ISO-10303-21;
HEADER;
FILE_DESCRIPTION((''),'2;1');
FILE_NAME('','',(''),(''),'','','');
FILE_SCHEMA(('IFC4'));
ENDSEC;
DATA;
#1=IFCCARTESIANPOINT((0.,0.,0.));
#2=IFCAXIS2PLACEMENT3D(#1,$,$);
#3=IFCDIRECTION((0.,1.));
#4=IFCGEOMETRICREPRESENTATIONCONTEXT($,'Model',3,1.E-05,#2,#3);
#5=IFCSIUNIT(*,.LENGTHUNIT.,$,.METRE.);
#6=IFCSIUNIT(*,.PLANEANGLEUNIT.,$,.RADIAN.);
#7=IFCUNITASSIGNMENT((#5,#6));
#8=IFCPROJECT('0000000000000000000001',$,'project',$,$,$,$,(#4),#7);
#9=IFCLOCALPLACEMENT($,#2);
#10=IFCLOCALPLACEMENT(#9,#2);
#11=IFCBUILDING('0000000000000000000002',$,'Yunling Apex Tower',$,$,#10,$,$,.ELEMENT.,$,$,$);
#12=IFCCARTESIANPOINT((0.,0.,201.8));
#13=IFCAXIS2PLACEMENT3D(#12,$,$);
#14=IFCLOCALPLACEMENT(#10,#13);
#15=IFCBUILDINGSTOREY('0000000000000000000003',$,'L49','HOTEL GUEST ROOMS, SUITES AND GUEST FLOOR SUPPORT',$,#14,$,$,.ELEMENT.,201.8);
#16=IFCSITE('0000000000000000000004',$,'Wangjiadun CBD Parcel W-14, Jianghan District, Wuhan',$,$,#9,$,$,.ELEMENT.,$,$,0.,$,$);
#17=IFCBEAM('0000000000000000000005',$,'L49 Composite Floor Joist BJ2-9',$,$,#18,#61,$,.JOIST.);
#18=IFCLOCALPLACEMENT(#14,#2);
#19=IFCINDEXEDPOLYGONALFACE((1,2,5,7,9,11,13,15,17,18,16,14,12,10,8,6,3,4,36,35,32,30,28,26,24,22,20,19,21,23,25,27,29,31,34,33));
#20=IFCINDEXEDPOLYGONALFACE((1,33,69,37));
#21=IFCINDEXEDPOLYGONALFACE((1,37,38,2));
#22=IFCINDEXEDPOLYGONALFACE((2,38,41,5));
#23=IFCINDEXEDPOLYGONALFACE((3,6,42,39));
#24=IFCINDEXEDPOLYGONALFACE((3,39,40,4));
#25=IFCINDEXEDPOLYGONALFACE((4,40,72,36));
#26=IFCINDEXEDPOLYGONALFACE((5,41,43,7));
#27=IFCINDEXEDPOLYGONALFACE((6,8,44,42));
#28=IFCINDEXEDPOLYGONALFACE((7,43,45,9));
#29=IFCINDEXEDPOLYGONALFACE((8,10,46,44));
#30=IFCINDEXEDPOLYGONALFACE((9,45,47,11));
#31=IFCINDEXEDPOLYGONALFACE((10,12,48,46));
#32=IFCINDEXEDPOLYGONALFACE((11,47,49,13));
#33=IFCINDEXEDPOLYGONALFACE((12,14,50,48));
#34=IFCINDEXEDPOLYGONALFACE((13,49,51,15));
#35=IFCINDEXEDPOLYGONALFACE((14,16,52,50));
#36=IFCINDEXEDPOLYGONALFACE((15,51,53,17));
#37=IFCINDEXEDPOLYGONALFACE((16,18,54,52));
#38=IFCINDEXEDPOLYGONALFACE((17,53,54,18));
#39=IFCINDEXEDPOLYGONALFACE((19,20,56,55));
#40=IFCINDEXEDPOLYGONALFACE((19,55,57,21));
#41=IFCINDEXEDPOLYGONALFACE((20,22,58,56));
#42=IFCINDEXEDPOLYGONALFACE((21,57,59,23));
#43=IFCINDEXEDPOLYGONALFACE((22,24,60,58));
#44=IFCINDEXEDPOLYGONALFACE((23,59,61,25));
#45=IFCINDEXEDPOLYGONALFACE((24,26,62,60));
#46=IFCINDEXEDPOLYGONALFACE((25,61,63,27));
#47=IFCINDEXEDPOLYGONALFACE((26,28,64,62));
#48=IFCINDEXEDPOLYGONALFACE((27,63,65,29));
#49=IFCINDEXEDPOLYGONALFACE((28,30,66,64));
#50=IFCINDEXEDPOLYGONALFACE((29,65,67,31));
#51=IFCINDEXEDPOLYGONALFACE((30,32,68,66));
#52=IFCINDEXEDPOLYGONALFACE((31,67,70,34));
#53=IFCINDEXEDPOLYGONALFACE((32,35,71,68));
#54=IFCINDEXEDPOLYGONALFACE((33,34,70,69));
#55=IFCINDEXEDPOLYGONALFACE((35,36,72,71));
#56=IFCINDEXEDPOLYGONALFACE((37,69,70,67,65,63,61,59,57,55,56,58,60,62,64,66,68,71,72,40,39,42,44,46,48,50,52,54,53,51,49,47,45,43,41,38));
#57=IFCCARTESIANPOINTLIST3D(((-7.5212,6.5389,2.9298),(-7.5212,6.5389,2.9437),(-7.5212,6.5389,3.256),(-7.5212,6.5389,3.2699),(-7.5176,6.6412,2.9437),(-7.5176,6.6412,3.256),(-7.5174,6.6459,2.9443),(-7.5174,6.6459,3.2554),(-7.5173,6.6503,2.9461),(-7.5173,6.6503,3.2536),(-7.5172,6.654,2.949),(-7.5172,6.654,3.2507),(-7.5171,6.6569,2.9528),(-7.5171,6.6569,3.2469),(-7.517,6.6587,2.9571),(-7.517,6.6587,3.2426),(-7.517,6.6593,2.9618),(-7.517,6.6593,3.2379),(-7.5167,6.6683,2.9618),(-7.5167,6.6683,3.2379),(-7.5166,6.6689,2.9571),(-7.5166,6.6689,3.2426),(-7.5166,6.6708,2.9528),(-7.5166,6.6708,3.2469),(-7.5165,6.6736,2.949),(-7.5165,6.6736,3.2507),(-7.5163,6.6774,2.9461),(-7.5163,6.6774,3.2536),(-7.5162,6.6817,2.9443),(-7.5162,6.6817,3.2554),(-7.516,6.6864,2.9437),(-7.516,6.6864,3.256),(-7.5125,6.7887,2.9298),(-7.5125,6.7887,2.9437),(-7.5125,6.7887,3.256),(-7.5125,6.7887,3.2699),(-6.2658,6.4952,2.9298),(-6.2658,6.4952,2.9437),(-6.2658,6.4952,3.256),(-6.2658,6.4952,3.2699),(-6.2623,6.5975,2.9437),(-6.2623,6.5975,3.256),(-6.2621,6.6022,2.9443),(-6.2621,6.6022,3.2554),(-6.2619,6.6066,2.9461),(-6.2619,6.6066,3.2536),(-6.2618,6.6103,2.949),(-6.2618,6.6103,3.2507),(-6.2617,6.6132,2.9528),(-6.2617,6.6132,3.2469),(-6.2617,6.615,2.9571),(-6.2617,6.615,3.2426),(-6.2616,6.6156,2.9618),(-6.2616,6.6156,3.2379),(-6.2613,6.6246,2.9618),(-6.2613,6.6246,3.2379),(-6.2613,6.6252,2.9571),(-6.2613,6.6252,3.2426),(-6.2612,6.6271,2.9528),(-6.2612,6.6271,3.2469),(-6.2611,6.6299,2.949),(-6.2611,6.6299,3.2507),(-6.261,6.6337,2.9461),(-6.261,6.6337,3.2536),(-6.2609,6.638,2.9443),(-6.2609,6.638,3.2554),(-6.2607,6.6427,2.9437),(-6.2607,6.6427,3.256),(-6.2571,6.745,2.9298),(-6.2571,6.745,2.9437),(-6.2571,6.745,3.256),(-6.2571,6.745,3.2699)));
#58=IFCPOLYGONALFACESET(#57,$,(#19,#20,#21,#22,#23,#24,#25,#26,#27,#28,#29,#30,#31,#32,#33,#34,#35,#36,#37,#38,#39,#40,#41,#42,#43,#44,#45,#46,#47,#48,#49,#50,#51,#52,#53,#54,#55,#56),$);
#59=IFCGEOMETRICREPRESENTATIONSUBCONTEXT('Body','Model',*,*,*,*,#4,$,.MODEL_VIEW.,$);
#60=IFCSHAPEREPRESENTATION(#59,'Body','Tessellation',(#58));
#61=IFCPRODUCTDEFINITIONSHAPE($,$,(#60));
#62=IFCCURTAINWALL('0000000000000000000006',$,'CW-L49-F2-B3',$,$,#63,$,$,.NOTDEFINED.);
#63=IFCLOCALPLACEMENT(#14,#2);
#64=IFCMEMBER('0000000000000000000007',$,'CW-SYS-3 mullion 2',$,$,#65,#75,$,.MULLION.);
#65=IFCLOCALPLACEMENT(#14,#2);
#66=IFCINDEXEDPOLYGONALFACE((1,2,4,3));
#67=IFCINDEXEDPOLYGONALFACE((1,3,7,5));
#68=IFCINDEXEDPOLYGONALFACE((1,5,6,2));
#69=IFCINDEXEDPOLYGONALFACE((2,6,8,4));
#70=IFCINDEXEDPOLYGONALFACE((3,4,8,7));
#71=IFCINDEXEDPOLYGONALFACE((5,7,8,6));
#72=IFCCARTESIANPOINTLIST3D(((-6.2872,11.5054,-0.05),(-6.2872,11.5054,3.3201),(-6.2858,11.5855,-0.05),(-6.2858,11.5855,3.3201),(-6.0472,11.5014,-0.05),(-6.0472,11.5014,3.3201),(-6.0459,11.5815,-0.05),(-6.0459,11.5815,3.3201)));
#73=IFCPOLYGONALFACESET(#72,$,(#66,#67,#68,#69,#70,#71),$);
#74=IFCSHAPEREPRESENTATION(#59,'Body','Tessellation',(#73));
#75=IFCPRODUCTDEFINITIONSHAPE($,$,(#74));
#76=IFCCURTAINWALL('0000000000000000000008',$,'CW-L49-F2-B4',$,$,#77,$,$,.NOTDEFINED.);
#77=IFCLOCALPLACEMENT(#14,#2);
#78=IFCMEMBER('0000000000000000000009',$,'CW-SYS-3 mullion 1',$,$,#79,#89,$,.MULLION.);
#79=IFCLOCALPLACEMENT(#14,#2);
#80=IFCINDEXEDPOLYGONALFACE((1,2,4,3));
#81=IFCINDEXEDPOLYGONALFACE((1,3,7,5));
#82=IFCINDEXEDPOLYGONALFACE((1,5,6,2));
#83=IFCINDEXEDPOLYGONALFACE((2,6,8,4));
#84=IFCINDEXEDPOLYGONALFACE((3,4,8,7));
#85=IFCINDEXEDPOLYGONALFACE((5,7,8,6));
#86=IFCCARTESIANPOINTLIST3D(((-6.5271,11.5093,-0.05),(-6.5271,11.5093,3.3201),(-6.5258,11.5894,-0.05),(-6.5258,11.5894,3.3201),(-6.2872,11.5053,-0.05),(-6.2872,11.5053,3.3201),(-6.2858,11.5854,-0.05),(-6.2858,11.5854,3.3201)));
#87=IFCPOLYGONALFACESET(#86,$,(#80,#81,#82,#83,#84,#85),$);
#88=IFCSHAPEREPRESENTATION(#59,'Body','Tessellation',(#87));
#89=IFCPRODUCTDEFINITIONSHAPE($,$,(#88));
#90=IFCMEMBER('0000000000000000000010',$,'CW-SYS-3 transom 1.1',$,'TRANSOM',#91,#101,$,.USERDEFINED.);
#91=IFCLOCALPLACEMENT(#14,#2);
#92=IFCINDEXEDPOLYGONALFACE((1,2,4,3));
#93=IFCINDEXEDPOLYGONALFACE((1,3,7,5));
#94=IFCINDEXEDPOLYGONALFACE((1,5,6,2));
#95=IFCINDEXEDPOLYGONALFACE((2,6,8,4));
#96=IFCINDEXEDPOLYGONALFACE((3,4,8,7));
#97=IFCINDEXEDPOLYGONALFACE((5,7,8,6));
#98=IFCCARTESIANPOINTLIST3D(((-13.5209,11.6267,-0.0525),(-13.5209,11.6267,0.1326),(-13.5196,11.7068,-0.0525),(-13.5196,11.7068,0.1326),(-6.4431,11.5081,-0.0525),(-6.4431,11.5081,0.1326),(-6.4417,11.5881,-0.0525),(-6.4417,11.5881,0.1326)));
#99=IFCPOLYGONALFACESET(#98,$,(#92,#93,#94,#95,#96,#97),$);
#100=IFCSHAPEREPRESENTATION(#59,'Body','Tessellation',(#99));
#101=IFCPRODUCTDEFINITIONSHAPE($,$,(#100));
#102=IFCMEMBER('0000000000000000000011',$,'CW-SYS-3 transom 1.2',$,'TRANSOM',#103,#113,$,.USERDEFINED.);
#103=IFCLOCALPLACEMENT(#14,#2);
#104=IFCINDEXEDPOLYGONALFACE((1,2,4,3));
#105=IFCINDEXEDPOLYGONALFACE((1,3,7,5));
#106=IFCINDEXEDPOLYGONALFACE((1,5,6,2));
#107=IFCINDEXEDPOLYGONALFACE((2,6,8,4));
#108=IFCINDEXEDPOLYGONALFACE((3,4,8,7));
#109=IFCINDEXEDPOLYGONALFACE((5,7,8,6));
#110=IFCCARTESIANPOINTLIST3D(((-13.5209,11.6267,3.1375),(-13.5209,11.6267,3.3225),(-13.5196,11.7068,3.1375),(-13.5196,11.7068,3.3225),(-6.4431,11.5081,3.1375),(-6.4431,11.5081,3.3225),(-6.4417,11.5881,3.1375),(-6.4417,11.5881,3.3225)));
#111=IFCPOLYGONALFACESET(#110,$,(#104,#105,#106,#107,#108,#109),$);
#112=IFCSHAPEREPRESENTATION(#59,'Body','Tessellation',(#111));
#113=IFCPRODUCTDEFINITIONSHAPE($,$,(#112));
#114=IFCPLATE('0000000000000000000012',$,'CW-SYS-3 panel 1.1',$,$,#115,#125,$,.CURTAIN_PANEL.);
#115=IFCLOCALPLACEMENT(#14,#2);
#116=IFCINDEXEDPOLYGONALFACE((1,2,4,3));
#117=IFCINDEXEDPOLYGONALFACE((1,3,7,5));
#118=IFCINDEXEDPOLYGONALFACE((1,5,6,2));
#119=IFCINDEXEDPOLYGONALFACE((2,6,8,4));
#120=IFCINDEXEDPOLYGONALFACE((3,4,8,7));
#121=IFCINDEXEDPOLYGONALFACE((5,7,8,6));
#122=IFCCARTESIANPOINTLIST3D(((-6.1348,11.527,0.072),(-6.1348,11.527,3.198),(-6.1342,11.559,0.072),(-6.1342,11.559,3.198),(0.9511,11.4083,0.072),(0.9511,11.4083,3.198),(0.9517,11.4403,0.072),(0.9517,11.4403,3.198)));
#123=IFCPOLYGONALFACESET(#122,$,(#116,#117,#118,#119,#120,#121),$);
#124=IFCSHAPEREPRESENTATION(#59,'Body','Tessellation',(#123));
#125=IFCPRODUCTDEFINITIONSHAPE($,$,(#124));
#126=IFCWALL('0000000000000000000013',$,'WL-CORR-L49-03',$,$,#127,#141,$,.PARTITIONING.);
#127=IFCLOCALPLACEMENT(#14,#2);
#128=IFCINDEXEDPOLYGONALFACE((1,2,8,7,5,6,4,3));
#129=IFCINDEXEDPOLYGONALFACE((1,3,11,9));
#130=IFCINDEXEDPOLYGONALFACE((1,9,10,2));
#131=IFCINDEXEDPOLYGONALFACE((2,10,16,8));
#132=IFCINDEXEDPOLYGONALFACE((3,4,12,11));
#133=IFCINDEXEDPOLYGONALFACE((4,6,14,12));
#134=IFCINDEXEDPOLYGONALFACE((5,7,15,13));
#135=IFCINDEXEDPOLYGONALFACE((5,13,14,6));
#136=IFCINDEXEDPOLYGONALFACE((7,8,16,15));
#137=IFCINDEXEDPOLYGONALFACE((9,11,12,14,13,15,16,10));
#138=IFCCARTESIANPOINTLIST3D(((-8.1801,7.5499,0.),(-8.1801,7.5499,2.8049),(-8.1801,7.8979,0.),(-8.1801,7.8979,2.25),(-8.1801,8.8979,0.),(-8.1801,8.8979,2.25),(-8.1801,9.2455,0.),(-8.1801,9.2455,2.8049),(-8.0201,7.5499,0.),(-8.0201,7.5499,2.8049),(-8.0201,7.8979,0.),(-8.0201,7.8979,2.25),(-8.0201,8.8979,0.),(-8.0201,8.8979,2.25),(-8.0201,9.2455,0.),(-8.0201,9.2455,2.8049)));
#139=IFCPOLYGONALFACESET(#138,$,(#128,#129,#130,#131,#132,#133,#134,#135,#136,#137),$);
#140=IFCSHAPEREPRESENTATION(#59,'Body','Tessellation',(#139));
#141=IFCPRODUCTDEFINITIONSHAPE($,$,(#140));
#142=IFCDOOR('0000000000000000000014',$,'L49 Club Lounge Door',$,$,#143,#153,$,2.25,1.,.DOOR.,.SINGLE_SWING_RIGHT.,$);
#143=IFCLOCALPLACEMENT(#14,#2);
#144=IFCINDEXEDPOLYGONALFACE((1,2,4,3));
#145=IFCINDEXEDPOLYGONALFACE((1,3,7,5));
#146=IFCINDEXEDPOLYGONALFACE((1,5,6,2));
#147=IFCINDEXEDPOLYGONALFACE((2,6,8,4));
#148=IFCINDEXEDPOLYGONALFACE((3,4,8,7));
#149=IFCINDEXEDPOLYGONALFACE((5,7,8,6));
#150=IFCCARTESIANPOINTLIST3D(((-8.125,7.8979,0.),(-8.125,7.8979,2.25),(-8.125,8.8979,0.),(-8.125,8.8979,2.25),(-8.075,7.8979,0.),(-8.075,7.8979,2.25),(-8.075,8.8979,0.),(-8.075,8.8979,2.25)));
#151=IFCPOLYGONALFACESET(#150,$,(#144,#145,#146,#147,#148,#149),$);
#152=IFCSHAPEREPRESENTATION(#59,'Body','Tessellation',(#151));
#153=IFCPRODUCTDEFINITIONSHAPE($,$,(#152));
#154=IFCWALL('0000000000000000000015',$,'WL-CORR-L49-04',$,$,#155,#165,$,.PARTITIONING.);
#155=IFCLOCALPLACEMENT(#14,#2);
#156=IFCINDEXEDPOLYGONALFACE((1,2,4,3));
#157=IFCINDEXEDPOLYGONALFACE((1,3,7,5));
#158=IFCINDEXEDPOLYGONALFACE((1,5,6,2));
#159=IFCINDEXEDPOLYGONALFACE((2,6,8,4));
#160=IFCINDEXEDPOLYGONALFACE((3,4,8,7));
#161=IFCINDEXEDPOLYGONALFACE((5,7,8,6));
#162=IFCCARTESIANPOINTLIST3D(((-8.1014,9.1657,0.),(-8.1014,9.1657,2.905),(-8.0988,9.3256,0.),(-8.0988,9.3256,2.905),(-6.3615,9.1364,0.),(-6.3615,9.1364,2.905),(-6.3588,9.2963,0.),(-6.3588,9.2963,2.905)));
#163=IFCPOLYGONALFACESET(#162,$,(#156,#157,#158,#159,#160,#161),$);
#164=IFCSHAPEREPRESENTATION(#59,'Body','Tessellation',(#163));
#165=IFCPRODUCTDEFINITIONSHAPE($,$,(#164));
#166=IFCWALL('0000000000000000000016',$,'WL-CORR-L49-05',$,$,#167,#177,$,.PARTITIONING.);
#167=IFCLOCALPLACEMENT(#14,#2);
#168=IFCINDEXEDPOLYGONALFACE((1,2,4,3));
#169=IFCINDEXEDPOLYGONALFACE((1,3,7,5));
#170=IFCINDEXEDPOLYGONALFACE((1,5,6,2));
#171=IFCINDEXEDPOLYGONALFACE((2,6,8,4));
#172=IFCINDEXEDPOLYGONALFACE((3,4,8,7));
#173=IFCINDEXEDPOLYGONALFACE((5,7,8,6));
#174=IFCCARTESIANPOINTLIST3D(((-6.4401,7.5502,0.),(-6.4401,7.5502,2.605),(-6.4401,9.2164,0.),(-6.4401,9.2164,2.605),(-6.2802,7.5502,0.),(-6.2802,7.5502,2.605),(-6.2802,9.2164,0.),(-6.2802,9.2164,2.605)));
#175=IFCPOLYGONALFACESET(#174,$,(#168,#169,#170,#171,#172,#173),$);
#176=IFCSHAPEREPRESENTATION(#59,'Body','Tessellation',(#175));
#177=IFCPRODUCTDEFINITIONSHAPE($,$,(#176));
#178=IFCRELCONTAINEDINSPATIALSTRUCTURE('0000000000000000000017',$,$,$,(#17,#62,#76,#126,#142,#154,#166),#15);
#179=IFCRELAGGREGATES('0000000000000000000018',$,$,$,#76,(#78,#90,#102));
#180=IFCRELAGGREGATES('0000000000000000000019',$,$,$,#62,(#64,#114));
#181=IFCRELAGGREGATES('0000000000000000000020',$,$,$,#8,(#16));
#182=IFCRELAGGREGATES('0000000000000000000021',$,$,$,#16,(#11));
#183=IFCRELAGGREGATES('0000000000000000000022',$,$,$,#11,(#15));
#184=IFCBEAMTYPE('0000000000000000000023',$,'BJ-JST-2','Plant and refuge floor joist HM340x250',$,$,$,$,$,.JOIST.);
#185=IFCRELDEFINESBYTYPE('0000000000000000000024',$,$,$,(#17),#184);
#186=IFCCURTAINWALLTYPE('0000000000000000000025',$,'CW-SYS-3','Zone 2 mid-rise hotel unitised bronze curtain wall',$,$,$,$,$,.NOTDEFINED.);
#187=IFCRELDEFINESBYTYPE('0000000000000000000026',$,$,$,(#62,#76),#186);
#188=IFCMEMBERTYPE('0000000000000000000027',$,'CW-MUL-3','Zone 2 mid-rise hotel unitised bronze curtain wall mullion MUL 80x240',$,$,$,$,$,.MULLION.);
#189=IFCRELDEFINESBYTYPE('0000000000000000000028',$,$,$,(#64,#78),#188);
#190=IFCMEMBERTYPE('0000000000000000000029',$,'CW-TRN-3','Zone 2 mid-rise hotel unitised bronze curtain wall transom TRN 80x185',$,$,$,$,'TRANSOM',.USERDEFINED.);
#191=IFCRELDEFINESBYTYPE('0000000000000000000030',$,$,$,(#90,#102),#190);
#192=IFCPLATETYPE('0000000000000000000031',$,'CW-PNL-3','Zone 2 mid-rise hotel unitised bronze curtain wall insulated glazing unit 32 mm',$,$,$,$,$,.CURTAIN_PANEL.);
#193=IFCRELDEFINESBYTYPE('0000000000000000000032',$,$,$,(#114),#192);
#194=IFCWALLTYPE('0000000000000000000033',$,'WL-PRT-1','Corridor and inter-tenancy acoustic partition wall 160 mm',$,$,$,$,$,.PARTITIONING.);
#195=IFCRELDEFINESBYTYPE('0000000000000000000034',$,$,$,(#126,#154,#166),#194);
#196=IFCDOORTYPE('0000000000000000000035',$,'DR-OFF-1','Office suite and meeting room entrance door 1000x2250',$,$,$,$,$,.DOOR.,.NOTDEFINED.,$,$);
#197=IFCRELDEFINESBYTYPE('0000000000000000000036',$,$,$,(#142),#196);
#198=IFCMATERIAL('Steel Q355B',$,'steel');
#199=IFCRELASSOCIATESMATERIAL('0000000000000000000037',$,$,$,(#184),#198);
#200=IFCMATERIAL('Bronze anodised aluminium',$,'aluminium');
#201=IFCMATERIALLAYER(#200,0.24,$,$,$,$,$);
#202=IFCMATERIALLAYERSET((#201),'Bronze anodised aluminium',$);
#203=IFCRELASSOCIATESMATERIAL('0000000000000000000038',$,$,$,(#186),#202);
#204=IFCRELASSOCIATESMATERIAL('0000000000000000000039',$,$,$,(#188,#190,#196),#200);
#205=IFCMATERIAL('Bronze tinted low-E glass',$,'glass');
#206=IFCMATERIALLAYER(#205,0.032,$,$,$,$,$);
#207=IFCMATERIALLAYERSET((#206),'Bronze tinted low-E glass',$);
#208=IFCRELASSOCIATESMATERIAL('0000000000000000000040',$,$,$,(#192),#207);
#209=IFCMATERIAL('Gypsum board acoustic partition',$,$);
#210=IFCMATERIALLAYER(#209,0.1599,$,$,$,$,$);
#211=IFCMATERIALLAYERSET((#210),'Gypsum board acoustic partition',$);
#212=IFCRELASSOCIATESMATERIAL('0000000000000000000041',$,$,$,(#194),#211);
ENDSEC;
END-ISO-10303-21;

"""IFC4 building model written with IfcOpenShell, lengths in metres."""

from ifc_helpers import new_model, si_unit, direction, frame, frame_2d, origin, origin_2d, place, context, subcontext, project, spatial, rectangle, i_section, extrude, source, transform, mapped, material, layer, layer_set, material_profile, profile_set, type_object, element, fill, aggregate, save


model = new_model("IFC4")

# Units and contexts
model_context = context("Model", 3, precision=1e-05, world=origin(), true_north=direction((0.0, 1.0)))
body_context = subcontext(model_context, "Body", "Model", "MODEL_VIEW")
ifc_project = project(units=[si_unit("LENGTHUNIT", "METRE"), si_unit("PLANEANGLEUNIT", "RADIAN")], contexts=[model_context])

# Site, building, storey
site_placement = place(None, origin())
site = spatial("IfcSite", under=ifc_project, at=site_placement, Name="Wangjiadun CBD Parcel W-14, Jianghan District, Wuhan", CompositionType="ELEMENT", RefElevation=0.0)
building_placement = place(site_placement, origin())
building = spatial("IfcBuilding", under=site, at=building_placement, Name="Yunling Apex Tower", CompositionType="ELEMENT")
storey_placement = place(building_placement, frame((0.0, 0.0, 201.8)))
storey = spatial("IfcBuildingStorey", under=building, at=storey_placement, Name="L49", Description="HOTEL GUEST ROOMS, SUITES AND GUEST FLOOR SUPPORT", CompositionType="ELEMENT", Elevation=201.8)

# Beam
ifc_material_1 = material(Name="Steel Q355B", Category="steel")
ifc_material_profile_1 = material_profile(ifc_material_1, i_section(OverallWidth=0.25, OverallDepth=0.3401, WebThickness=0.009, FlangeThickness=0.0139, FilletRadius=0.0181, at=origin_2d()))
ifc_profile_set_1 = profile_set([ifc_material_profile_1], Name="Steel Q355B")
beam_type_1 = type_object("IfcBeamType", Name="BJ-JST-2", Description="Plant and refuge floor joist HM340x250", PredefinedType="JOIST", material=ifc_profile_set_1)
shared_shape_1 = source(origin(), body_context, "Body", "SweptSolid", [
    extrude(i_section(OverallWidth=0.25, OverallDepth=0.3401, WebThickness=0.009, FlangeThickness=0.0139, FilletRadius=0.0181, at=origin_2d()), origin(), (0.0, 0.0, 1.0), 1.2561),
])
beam_1_placement = place(storey_placement, frame((-6.2615, 6.6201, 3.0999), z_axis=(-0.999395, 0.03479, 0.0), x_axis=(-0.03479, -0.999395, 0.0)))
element("IfcBeam", 1, at=beam_1_placement, inside=storey, type_object=beam_type_1, Name="L49 Composite Floor Joist BJ2-9", PredefinedType="JOIST", context=body_context, shape_type="MappedRepresentation", body=[
    mapped(shared_shape_1, transform((0.0, 0.0, 0.0), scale=1.0)),
])

# Curtain wall, member
ifc_material_2 = material(Name="Bronze anodised aluminium", Category="aluminium")
ifc_layer_1 = layer(ifc_material_2, 0.24)
ifc_layer_set_1 = layer_set([ifc_layer_1], Name="Bronze anodised aluminium")
curtain_wall_type = type_object("IfcCurtainWallType", Name="CW-SYS-3", Description="Zone 2 mid-rise hotel unitised bronze curtain wall", PredefinedType="NOTDEFINED", material=ifc_layer_set_1)
curtain_wall_1_placement = place(storey_placement, origin())
curtain_wall_1 = element("IfcCurtainWall", 2, at=curtain_wall_1_placement, inside=storey, type_object=curtain_wall_type, Name="CW-L49-F2-B3", PredefinedType="NOTDEFINED")
ifc_material_profile_2 = material_profile(ifc_material_2, rectangle(XDim=0.0801, YDim=0.24, at=origin_2d()))
ifc_profile_set_2 = profile_set([ifc_material_profile_2], Name="Bronze anodised aluminium")
member_type_1 = type_object("IfcMemberType", Name="CW-MUL-3", Description="Zone 2 mid-rise hotel unitised bronze curtain wall mullion MUL 80x240", PredefinedType="MULLION", material=ifc_profile_set_2)
shared_shape_2 = source(origin(), body_context, "Body", "SweptSolid", [
    extrude(rectangle(XDim=0.0801, YDim=0.24, at=origin_2d()), origin(), (0.0, 0.0, 1.0), 3.3701),
])
member_1_placement = place(storey_placement, frame((-6.1665, 11.5435, -0.05), z_axis=(0.0, 0.0, 1.0), x_axis=(-0.016747, -0.99986, 0.0)))
member_1 = element("IfcMember", 3, at=member_1_placement, type_object=member_type_1, Name="CW-SYS-3 mullion 2", PredefinedType="MULLION", context=body_context, shape_type="MappedRepresentation", body=[
    mapped(shared_shape_2, transform((0.0, 0.0, 0.0), scale=1.0)),
])

# Curtain wall, members
curtain_wall_2_placement = place(storey_placement, origin())
curtain_wall_2 = element("IfcCurtainWall", 4, at=curtain_wall_2_placement, inside=storey, type_object=curtain_wall_type, Name="CW-L49-F2-B4", PredefinedType="NOTDEFINED")
member_2_placement = place(storey_placement, frame((-6.4065, 11.5474, -0.05), z_axis=(0.0, 0.0, 1.0), x_axis=(-0.016761, -0.99986, 0.0)))
member_2 = element("IfcMember", 5, at=member_2_placement, type_object=member_type_1, Name="CW-SYS-3 mullion 1", PredefinedType="MULLION", context=body_context, shape_type="MappedRepresentation", body=[
    mapped(shared_shape_2, transform((0.0, 0.0, 0.0), scale=1.0)),
])
ifc_material_profile_3 = material_profile(ifc_material_2, rectangle(XDim=0.0801, YDim=0.1851, at=origin_2d()))
ifc_profile_set_3 = profile_set([ifc_material_profile_3], Name="Bronze anodised aluminium")
member_type_2 = type_object("IfcMemberType", Name="CW-TRN-3", Description="Zone 2 mid-rise hotel unitised bronze curtain wall transom TRN 80x185", ElementType="TRANSOM", PredefinedType="USERDEFINED", material=ifc_profile_set_3)
shared_shape_3 = source(origin(), body_context, "Body", "SweptSolid", [
    extrude(rectangle(XDim=0.0801, YDim=0.1851, at=origin_2d()), origin(), (0.0, 0.0, 1.0), 7.0789),
])
member_3_placement = place(storey_placement, frame((-6.4424, 11.5481, 0.04), z_axis=(-0.99986, 0.016761, 0.0), x_axis=(-0.016761, -0.99986, 0.0)))
member_3 = element("IfcMember", 6, at=member_3_placement, type_object=member_type_2, Name="CW-SYS-3 transom 1.1", ObjectType="TRANSOM", PredefinedType="USERDEFINED", context=body_context, shape_type="MappedRepresentation", body=[
    mapped(shared_shape_3, transform((0.0, 0.0, 0.0), scale=1.0)),
])
member_4_placement = place(storey_placement, frame((-6.4424, 11.5481, 3.23), z_axis=(-0.99986, 0.016761, 0.0), x_axis=(-0.016761, -0.99986, 0.0)))
member_4 = element("IfcMember", 7, at=member_4_placement, type_object=member_type_2, Name="CW-SYS-3 transom 1.2", ObjectType="TRANSOM", PredefinedType="USERDEFINED", context=body_context, shape_type="MappedRepresentation", body=[
    mapped(shared_shape_3, transform((0.0, 0.0, 0.0), scale=1.0)),
])
aggregate(curtain_wall_2, [member_2, member_3, member_4])

# Plate
ifc_material_3 = material(Name="Bronze tinted low-E glass", Category="glass")
ifc_layer_2 = layer(ifc_material_3, 0.032)
ifc_layer_set_2 = layer_set([ifc_layer_2], Name="Bronze tinted low-E glass")
plate_type = type_object("IfcPlateType", Name="CW-PNL-3", Description="Zone 2 mid-rise hotel unitised bronze curtain wall insulated glazing unit 32 mm", PredefinedType="CURTAIN_PANEL", material=ifc_layer_set_2)
shared_shape_4 = source(origin(), body_context, "Body", "SweptSolid", [
    extrude(rectangle(XDim=7.0869, YDim=0.032, at=origin_2d()), origin(), (0.0, 0.0, 1.0), 3.126),
])
plate_placement = place(storey_placement, frame((-2.5916, 11.4836, 0.072), z_axis=(0.0, 0.0, 1.0), x_axis=(-0.99986, 0.016747, 0.0)))
plate = element("IfcPlate", 8, at=plate_placement, type_object=plate_type, Name="CW-SYS-3 panel 1.1", PredefinedType="CURTAIN_PANEL", context=body_context, shape_type="MappedRepresentation", body=[
    mapped(shared_shape_4, transform((0.0, 0.0, 0.0), scale=1.0)),
])
aggregate(curtain_wall_1, [member_1, plate])

# Wall, opening, door
ifc_material_4 = material(Name="Gypsum board acoustic partition")
ifc_layer_3 = layer(ifc_material_4, 0.1599)
ifc_layer_set_3 = layer_set([ifc_layer_3], Name="Gypsum board acoustic partition")
wall_type_1 = type_object("IfcWallType", Name="WL-PRT-1", Description="Corridor and inter-tenancy acoustic partition wall 160 mm", PredefinedType="PARTITIONING", material=ifc_layer_set_3)
wall_1_placement = place(storey_placement, frame((-8.1001, 7.55, 0.0), z_axis=(0.0, 0.0, 1.0), x_axis=(0.0, 1.0, 0.0)))
wall_1 = element("IfcWall", 9, at=wall_1_placement, inside=storey, type_object=wall_type_1, Name="WL-CORR-L49-03", PredefinedType="PARTITIONING", context=body_context, shape_type="SweptSolid", body=[
    extrude(rectangle(XDim=1.6956, YDim=0.1599, at=frame_2d((0.8477, 0.0))), origin(), (0.0, 0.0, 1.0), 2.8049),
])
opening_1_placement = place(wall_1_placement, frame((0.3479, 0.0, 0.0)))
opening_1 = element("IfcOpeningElement", 10, at=opening_1_placement, cuts=wall_1, PredefinedType="OPENING", context=body_context, shape_type="SweptSolid", body=[
    extrude(rectangle(XDim=1.0, YDim=2.25, at=frame_2d((0.5, 1.125))), frame((0.0, 0.0898, 0.0), z_axis=(0.0, -1.0, 0.0), x_axis=(1.0, 0.0, 0.0)), (0.0, 0.0, 1.0), 0.1799),
])
door_type = type_object("IfcDoorType", Name="DR-OFF-1", Description="Office suite and meeting room entrance door 1000x2250", OperationType="NOTDEFINED", PredefinedType="DOOR", material=ifc_material_2)
door_1_placement = place(opening_1_placement, origin())
door_1 = element("IfcDoor", 11, at=door_1_placement, inside=storey, type_object=door_type, Name="L49 Club Lounge Door", OperationType="SINGLE_SWING_RIGHT", OverallHeight=2.25, OverallWidth=1.0, PredefinedType="DOOR", context=body_context, shape_type="SweptSolid", body=[
    extrude(rectangle(XDim=1.0, YDim=2.25, at=frame_2d((0.5, 1.125))), frame((0.0, 0.0249, 0.0), z_axis=(0.0, -1.0, 0.0), x_axis=(1.0, 0.0, 0.0)), (0.0, 0.0, 1.0), 0.05),
])
fill(opening_1, door_1)

# Walls
wall_2_placement = place(storey_placement, frame((-8.1001, 9.2456, 0.0), z_axis=(0.0, 0.0, 1.0), x_axis=(0.999858, -0.016835, 0.0)))
element("IfcWall", 12, at=wall_2_placement, inside=storey, type_object=wall_type_1, Name="WL-CORR-L49-04", PredefinedType="PARTITIONING", context=body_context, shape_type="SweptSolid", body=[
    extrude(rectangle(XDim=1.7402, YDim=0.1599, at=frame_2d((0.8701, 0.0))), origin(), (0.0, 0.0, 1.0), 2.905),
])
wall_3_placement = place(storey_placement, frame((-6.3601, 9.2163, 0.0), z_axis=(0.0, 0.0, 1.0), x_axis=(0.0, -1.0, 0.0)))
element("IfcWall", 13, at=wall_3_placement, inside=storey, type_object=wall_type_1, Name="WL-CORR-L49-05", PredefinedType="PARTITIONING", context=body_context, shape_type="SweptSolid", body=[
    extrude(rectangle(XDim=1.6663, YDim=0.1599, at=frame_2d((0.833, 0.0))), origin(), (0.0, 0.0, 1.0), 2.605),
])

save(model, "model.ifc")
